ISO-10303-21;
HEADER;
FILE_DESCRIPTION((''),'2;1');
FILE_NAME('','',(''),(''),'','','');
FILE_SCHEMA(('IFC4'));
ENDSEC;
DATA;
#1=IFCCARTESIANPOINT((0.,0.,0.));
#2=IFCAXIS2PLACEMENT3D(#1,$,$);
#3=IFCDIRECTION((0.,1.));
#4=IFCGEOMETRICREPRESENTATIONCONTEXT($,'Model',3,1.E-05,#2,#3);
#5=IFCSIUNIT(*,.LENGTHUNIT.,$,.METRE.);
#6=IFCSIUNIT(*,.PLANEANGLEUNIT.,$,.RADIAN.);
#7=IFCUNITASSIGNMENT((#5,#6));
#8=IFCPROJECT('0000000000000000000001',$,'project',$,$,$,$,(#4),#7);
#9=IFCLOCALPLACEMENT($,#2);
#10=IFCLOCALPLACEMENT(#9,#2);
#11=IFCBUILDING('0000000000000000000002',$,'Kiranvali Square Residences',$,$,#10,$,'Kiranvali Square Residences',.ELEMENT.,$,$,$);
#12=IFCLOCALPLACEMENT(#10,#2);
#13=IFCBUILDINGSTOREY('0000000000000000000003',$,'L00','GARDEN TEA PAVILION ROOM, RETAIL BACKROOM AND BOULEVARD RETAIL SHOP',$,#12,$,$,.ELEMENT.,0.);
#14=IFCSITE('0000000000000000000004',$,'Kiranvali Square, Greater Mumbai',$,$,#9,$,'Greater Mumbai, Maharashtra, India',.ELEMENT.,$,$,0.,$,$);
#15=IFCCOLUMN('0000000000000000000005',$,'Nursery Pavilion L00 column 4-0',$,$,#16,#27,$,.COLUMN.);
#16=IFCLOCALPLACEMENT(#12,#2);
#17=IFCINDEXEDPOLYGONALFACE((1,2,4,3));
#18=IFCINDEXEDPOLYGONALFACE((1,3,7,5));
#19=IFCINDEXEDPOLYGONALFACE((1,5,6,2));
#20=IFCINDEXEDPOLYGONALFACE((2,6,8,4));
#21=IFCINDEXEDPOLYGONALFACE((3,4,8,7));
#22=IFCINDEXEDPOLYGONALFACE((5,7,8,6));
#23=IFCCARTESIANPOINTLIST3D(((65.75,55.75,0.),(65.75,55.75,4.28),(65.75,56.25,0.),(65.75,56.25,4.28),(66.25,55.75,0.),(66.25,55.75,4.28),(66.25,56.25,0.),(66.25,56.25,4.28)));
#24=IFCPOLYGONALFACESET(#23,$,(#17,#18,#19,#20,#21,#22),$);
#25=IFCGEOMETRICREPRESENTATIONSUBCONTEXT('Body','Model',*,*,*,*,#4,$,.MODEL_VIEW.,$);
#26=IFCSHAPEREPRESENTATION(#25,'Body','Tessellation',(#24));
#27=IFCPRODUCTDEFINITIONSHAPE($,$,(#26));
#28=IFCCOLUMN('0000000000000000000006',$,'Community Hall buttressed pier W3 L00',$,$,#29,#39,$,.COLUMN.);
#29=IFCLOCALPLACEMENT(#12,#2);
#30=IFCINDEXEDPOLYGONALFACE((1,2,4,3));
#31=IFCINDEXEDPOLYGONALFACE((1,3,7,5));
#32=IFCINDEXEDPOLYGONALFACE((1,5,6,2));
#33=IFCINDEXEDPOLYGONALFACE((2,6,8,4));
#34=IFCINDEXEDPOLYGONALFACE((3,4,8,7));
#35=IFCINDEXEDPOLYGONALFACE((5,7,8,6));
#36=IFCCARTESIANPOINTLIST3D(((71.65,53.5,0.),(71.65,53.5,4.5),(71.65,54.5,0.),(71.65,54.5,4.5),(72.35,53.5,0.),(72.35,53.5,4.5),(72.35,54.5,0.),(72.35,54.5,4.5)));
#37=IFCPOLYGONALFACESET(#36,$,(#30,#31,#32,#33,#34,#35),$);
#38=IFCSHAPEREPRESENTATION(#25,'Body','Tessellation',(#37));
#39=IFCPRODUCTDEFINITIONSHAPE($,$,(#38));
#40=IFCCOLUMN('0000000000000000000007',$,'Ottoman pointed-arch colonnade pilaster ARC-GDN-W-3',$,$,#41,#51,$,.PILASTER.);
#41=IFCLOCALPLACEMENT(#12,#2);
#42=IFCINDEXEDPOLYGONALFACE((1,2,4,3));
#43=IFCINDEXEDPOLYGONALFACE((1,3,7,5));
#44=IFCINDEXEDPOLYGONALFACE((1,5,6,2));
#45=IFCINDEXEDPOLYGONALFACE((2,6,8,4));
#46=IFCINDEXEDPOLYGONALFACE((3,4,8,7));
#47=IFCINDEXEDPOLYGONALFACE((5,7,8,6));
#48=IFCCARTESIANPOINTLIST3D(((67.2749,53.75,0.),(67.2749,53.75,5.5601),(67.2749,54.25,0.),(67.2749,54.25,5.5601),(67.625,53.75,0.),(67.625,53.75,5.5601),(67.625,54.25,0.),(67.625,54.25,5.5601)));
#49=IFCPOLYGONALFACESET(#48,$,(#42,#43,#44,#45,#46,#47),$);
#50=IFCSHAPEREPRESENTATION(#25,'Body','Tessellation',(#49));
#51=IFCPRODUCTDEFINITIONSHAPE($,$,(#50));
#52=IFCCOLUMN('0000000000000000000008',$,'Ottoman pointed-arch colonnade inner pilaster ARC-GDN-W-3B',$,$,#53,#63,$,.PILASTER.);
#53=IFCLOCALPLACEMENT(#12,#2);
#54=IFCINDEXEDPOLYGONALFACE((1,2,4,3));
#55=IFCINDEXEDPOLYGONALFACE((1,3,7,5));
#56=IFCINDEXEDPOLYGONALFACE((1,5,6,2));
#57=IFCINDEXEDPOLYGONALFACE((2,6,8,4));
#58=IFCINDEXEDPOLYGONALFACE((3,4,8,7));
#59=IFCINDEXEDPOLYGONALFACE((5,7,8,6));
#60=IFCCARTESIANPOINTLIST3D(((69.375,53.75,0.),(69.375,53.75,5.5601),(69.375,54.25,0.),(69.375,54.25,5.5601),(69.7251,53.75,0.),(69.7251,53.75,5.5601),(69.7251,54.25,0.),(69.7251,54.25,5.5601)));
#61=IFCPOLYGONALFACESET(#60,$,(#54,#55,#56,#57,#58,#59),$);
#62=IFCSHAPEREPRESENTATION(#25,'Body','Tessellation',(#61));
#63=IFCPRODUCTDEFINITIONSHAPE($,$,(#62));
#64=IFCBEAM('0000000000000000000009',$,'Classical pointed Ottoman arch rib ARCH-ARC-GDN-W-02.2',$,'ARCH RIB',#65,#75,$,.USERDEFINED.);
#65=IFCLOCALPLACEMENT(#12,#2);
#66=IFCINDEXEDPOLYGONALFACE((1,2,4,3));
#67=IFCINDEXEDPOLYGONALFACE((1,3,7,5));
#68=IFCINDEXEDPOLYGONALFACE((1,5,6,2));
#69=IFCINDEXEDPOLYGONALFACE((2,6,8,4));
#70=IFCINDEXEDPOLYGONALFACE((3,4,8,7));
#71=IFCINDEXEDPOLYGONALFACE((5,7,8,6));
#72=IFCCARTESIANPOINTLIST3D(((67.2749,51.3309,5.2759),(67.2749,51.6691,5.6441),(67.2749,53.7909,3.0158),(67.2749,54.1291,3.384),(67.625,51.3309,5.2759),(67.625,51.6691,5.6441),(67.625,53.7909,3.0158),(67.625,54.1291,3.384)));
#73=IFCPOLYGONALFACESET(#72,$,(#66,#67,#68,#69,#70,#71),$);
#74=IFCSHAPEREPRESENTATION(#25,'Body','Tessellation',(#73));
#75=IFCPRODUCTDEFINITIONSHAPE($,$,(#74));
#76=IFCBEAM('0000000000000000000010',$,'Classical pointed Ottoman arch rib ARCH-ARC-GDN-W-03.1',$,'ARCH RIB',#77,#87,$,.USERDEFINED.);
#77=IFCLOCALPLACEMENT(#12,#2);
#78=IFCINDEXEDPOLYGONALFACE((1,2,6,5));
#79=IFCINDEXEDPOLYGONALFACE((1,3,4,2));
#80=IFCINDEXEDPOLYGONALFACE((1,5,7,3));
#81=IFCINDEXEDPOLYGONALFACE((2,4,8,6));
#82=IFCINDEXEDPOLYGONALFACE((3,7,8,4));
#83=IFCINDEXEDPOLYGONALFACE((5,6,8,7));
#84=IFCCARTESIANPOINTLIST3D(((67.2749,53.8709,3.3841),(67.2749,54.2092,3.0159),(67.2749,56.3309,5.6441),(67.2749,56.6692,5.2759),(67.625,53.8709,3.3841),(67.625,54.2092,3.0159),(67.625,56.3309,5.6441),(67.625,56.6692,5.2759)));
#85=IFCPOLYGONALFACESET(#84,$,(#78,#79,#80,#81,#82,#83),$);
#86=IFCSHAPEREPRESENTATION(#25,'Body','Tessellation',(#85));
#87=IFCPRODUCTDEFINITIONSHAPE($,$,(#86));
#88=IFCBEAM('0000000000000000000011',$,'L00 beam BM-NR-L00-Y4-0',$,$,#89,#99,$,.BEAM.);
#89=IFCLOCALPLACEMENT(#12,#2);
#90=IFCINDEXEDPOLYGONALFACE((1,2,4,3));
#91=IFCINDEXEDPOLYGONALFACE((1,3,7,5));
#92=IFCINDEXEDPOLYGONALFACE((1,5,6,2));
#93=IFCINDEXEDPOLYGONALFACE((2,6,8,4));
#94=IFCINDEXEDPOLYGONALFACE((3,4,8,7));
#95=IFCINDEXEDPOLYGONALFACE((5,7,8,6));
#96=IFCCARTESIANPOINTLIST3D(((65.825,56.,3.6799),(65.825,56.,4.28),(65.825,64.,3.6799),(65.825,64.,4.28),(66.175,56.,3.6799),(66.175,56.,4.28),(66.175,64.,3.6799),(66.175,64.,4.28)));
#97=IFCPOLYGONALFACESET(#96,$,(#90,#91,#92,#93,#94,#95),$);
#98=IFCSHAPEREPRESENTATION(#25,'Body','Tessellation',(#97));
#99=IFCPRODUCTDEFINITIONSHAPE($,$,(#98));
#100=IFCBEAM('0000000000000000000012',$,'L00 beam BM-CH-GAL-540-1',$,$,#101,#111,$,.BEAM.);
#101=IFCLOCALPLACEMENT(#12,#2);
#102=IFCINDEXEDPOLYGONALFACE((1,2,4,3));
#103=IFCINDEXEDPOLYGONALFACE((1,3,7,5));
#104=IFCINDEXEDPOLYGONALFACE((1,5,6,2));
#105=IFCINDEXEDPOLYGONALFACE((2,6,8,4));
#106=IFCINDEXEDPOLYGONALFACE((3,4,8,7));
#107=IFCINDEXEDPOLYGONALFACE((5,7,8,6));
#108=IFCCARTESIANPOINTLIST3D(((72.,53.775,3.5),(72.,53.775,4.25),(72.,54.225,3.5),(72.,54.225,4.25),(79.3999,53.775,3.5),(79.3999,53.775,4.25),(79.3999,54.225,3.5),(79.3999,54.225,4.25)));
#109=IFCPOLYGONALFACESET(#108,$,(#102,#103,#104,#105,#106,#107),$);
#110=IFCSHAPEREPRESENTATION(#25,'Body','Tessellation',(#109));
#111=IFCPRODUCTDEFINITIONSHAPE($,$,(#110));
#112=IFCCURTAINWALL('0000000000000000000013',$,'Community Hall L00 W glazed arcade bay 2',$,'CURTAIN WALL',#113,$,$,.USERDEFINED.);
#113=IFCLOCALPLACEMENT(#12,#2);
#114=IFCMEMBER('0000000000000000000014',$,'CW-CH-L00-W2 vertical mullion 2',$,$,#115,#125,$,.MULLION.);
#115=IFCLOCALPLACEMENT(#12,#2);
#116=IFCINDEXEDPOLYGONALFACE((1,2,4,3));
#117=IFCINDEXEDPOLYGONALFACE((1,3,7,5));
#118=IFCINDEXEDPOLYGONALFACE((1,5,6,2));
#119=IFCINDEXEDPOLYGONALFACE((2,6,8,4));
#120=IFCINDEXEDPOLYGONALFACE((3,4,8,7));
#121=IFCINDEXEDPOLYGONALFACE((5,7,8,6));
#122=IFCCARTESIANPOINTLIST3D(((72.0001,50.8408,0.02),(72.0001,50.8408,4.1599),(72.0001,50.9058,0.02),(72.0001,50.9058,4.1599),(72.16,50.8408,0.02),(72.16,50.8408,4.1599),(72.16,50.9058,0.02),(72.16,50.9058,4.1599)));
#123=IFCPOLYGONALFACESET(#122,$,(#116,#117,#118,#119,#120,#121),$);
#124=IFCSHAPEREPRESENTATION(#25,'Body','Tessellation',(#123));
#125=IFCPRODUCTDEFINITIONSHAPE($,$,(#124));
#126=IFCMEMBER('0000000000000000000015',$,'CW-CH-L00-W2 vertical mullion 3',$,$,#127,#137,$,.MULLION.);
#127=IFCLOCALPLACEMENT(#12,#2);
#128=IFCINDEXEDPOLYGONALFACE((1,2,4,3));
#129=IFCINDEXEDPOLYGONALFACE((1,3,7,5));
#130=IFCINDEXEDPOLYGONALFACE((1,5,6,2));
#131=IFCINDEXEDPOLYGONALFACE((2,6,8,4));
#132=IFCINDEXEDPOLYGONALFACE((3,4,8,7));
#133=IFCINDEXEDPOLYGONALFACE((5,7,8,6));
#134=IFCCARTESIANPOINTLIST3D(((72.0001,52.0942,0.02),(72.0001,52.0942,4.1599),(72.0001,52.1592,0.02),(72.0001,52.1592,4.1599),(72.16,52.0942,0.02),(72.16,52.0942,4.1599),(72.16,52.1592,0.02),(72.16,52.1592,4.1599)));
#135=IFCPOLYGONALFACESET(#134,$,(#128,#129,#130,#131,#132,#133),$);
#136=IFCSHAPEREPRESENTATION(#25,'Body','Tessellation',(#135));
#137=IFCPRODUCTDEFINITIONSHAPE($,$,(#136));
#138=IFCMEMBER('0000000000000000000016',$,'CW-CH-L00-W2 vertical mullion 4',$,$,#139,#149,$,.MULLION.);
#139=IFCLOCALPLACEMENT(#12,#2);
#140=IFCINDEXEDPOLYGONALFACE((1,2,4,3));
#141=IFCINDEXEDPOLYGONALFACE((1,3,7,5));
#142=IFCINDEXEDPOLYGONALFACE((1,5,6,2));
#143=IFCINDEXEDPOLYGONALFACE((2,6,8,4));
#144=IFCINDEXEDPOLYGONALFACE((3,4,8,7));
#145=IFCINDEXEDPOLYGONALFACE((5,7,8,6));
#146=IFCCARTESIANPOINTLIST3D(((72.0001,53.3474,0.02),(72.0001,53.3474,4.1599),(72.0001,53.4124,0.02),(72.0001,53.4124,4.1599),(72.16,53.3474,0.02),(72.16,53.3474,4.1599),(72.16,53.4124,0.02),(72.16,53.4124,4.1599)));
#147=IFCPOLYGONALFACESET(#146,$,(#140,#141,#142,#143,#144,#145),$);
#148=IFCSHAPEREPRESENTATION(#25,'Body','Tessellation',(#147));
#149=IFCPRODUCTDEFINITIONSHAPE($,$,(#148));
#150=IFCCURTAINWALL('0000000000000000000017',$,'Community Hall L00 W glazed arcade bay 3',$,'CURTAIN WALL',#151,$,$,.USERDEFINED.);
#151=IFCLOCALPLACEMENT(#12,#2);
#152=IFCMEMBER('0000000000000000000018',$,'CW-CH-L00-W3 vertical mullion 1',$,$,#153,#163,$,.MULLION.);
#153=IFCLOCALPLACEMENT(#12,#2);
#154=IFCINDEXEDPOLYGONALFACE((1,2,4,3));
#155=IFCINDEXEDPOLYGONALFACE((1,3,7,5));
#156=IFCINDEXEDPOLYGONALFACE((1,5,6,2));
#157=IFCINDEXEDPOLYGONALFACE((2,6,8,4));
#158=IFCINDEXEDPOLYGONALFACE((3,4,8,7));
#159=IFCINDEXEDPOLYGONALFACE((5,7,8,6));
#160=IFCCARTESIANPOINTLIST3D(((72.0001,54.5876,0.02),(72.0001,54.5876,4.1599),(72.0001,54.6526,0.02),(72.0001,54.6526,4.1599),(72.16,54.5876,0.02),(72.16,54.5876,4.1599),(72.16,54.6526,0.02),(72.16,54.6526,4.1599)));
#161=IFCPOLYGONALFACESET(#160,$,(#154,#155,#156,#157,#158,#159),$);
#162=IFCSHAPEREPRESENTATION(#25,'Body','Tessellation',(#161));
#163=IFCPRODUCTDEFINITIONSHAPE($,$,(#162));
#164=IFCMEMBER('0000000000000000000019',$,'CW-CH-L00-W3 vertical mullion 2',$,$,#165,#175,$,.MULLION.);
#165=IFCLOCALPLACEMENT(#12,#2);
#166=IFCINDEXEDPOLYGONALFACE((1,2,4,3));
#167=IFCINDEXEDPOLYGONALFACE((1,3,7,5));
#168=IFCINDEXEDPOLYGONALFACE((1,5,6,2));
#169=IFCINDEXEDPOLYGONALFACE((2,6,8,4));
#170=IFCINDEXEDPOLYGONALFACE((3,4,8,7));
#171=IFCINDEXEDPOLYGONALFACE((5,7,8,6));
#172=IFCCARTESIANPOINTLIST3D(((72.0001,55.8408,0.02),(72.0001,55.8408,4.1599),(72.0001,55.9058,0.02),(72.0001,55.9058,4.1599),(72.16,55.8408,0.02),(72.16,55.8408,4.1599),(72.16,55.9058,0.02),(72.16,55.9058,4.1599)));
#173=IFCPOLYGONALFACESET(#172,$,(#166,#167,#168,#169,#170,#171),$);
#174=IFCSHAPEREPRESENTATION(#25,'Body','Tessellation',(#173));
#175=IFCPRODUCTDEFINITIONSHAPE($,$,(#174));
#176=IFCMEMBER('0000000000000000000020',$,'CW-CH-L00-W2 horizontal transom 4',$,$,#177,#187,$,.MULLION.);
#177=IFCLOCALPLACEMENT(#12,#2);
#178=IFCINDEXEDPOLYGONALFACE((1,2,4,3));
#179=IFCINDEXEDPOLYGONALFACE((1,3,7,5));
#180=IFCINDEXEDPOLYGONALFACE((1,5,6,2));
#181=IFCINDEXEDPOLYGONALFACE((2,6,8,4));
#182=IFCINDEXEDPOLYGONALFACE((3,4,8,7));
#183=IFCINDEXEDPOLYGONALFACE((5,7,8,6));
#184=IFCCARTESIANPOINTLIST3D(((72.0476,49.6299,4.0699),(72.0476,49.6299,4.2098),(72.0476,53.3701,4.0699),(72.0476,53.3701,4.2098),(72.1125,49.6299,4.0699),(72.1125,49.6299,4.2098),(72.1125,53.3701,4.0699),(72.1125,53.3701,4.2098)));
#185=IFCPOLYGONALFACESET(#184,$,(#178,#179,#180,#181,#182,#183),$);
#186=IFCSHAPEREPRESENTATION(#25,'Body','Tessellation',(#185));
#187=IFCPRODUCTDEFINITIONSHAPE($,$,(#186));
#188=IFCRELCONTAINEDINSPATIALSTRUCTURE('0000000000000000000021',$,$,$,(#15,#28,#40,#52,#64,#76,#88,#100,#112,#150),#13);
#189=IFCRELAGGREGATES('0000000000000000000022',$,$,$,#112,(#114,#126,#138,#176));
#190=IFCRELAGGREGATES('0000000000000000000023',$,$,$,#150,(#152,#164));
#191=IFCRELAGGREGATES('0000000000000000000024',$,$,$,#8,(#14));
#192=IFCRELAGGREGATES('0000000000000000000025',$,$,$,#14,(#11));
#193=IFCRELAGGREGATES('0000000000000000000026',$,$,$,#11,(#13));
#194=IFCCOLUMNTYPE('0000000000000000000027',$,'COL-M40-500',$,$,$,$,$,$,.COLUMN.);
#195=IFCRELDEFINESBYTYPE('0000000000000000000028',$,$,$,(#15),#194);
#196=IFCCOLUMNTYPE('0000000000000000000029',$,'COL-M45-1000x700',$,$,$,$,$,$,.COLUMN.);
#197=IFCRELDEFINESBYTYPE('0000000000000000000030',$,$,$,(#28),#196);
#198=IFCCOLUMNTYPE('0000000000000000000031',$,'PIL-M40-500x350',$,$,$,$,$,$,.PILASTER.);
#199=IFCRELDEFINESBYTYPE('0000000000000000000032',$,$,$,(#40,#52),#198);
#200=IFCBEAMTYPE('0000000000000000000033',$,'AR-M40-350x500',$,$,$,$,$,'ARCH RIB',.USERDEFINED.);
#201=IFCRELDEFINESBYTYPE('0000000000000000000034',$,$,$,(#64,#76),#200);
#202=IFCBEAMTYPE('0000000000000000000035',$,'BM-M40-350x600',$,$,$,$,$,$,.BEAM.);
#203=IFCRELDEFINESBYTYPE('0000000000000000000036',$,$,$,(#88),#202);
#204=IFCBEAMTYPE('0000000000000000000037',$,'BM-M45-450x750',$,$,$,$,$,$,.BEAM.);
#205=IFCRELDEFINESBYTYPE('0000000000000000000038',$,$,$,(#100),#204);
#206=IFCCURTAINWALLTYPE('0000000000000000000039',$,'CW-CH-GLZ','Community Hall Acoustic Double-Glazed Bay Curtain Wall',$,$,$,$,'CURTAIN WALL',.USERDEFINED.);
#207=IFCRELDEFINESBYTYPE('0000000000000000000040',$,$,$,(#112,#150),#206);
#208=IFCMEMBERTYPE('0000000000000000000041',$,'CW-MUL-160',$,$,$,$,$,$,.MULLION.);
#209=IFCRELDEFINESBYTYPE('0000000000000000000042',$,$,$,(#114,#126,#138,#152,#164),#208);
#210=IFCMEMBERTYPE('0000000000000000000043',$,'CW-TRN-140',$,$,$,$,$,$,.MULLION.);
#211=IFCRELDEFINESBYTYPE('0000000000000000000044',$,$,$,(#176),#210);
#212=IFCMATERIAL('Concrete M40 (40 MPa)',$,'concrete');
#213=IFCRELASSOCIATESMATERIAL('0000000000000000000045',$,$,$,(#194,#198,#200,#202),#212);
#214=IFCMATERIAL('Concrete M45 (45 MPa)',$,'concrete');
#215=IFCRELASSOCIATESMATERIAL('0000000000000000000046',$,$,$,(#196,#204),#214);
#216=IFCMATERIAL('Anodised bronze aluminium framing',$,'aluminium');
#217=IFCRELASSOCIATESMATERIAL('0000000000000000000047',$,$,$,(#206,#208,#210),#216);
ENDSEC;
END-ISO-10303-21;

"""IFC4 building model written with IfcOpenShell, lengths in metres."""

from ifc_helpers import new_model, si_unit, direction, frame, origin, origin_2d, place, context, subcontext, project, spatial, rectangle, extrude, material, material_profile, profile_set, type_object, element, aggregate, save


model = new_model("IFC4")

# Units and contexts
model_context = context("Model", 3, precision=1e-05, world=origin(), true_north=direction((0.0, 1.0)))
body_context = subcontext(model_context, "Body", "Model", "MODEL_VIEW")
ifc_project = project(units=[si_unit("LENGTHUNIT", "METRE"), si_unit("PLANEANGLEUNIT", "RADIAN")], contexts=[model_context])

# Site, building, storey
site_placement = place(None, origin())
site = spatial("IfcSite", under=ifc_project, at=site_placement, Name="Kiranvali Square, Greater Mumbai", LongName="Greater Mumbai, Maharashtra, India", CompositionType="ELEMENT", RefElevation=0.0)
building_placement = place(site_placement, origin())
building = spatial("IfcBuilding", under=site, at=building_placement, Name="Kiranvali Square Residences", LongName="Kiranvali Square Residences", CompositionType="ELEMENT")
storey_placement = place(building_placement, origin())
storey = spatial("IfcBuildingStorey", under=building, at=storey_placement, Name="L00", Description="GARDEN TEA PAVILION ROOM, RETAIL BACKROOM AND BOULEVARD RETAIL SHOP", CompositionType="ELEMENT", Elevation=0.0)

# Columns
ifc_material_1 = material(Name="Concrete M40 (40 MPa)", Category="concrete")
ifc_material_profile_1 = material_profile(ifc_material_1, rectangle(XDim=0.5, YDim=0.5, at=origin_2d()), Name="RC 500x500")
ifc_profile_set_1 = profile_set([ifc_material_profile_1], Name="Concrete M40 (40 MPa)")
column_type_1 = type_object("IfcColumnType", Name="COL-M40-500", PredefinedType="COLUMN", material=ifc_profile_set_1)
column_1_placement = place(storey_placement, frame((66.0, 56.0, 0.0), z_axis=(0.0, 0.0, 1.0), x_axis=(1.0, 0.0, 0.0)))
element("IfcColumn", 1, at=column_1_placement, inside=storey, type_object=column_type_1, Name="Nursery Pavilion L00 column 4-0", PredefinedType="COLUMN", context=body_context, shape_type="SweptSolid", body=[
    extrude(rectangle(XDim=0.5, YDim=0.5, at=origin_2d()), origin(), (0.0, 0.0, 1.0), 4.28),
])
ifc_material_2 = material(Name="Concrete M45 (45 MPa)", Category="concrete")
ifc_material_profile_2 = material_profile(ifc_material_2, rectangle(XDim=0.7, YDim=1.0, at=origin_2d()), Name="RC 1000x700")
ifc_profile_set_2 = profile_set([ifc_material_profile_2], Name="Concrete M45 (45 MPa)")
column_type_2 = type_object("IfcColumnType", Name="COL-M45-1000x700", PredefinedType="COLUMN", material=ifc_profile_set_2)
column_2_placement = place(storey_placement, frame((72.0, 54.0, 0.0), z_axis=(0.0, 0.0, 1.0), x_axis=(1.0, 0.0, 0.0)))
element("IfcColumn", 2, at=column_2_placement, inside=storey, type_object=column_type_2, Name="Community Hall buttressed pier W3 L00", PredefinedType="COLUMN", context=body_context, shape_type="SweptSolid", body=[
    extrude(rectangle(XDim=0.7, YDim=1.0, at=origin_2d()), origin(), (0.0, 0.0, 1.0), 4.5),
])
ifc_material_profile_3 = material_profile(ifc_material_1, rectangle(XDim=0.3501, YDim=0.5, at=origin_2d()), Name="RC 500x350")
ifc_profile_set_3 = profile_set([ifc_material_profile_3], Name="Concrete M40 (40 MPa)")
column_type_3 = type_object("IfcColumnType", Name="PIL-M40-500x350", PredefinedType="PILASTER", material=ifc_profile_set_3)
for number, where, z_axis, x_axis, name in (
    (3, (67.45, 54.0, 0.0), (0.0, 0.0, 1.0), (1.0, 0.0, 0.0), "Ottoman pointed-arch colonnade pilaster ARC-GDN-W-3"),
    (4, (69.55, 54.0, 0.0), (0.0, 0.0, 1.0), (1.0, 0.0, 0.0), "Ottoman pointed-arch colonnade inner pilaster ARC-GDN-W-3B"),
):
    element("IfcColumn", number, at=place(storey_placement, frame(where, z_axis=z_axis, x_axis=x_axis)), inside=storey, type_object=column_type_3, Name=name, PredefinedType="PILASTER", context=body_context, shape_type="SweptSolid", body=[
        extrude(rectangle(XDim=0.3501, YDim=0.5, at=origin_2d()), origin(), (0.0, 0.0, 1.0), 5.5601),
    ])

# Beams
ifc_material_profile_4 = material_profile(ifc_material_1, rectangle(XDim=0.3501, YDim=0.5, at=origin_2d()), Name="RC 350x500")
ifc_profile_set_4 = profile_set([ifc_material_profile_4], Name="Concrete M40 (40 MPa)")
beam_type_1 = type_object("IfcBeamType", Name="AR-M40-350x500", ElementType="ARCH RIB", PredefinedType="USERDEFINED", material=ifc_profile_set_4)
for number, where, z_axis, x_axis, name in (
    (5, (67.45, 51.5, 5.46), (0.0, 0.736401, -0.676545), (-1.0, 0.0, 0.0), "Classical pointed Ottoman arch rib ARCH-ARC-GDN-W-02.2"),
    (6, (67.45, 54.04, 3.2), (0.0, 0.736401, 0.676545), (-1.0, 0.0, 0.0), "Classical pointed Ottoman arch rib ARCH-ARC-GDN-W-03.1"),
):
    element("IfcBeam", number, at=place(storey_placement, frame(where, z_axis=z_axis, x_axis=x_axis)), inside=storey, type_object=beam_type_1, Name=name, ObjectType="ARCH RIB", PredefinedType="USERDEFINED", context=body_context, shape_type="SweptSolid", body=[
        extrude(rectangle(XDim=0.3501, YDim=0.5, at=origin_2d()), origin(), (0.0, 0.0, 1.0), 3.3406),
    ])
ifc_material_profile_5 = material_profile(ifc_material_1, rectangle(XDim=0.3501, YDim=0.6001, at=origin_2d()), Name="RC 350x600")
ifc_profile_set_5 = profile_set([ifc_material_profile_5], Name="Concrete M40 (40 MPa)")
beam_type_2 = type_object("IfcBeamType", Name="BM-M40-350x600", PredefinedType="BEAM", material=ifc_profile_set_5)
beam_1_placement = place(storey_placement, frame((66.0, 56.0, 3.98), z_axis=(0.0, 1.0, 0.0), x_axis=(-1.0, 0.0, 0.0)))
element("IfcBeam", 7, at=beam_1_placement, inside=storey, type_object=beam_type_2, Name="L00 beam BM-NR-L00-Y4-0", PredefinedType="BEAM", context=body_context, shape_type="SweptSolid", body=[
    extrude(rectangle(XDim=0.3501, YDim=0.6001, at=origin_2d()), origin(), (0.0, 0.0, 1.0), 8.0),
])
ifc_material_profile_6 = material_profile(ifc_material_2, rectangle(XDim=0.45, YDim=0.75, at=origin_2d()), Name="RC 450x750")
ifc_profile_set_6 = profile_set([ifc_material_profile_6], Name="Concrete M45 (45 MPa)")
beam_type_3 = type_object("IfcBeamType", Name="BM-M45-450x750", PredefinedType="BEAM", material=ifc_profile_set_6)
beam_2_placement = place(storey_placement, frame((72.0, 54.0, 3.875), z_axis=(1.0, 0.0, 0.0), x_axis=(0.0, 1.0, 0.0)))
element("IfcBeam", 8, at=beam_2_placement, inside=storey, type_object=beam_type_3, Name="L00 beam BM-CH-GAL-540-1", PredefinedType="BEAM", context=body_context, shape_type="SweptSolid", body=[
    extrude(rectangle(XDim=0.45, YDim=0.75, at=origin_2d()), origin(), (0.0, 0.0, 1.0), 7.3999),
])

# Curtain walls, members
ifc_material_3 = material(Name="Anodised bronze aluminium framing", Category="aluminium")
curtain_wall_type = type_object("IfcCurtainWallType", Name="CW-CH-GLZ", Description="Community Hall Acoustic Double-Glazed Bay Curtain Wall", ElementType="CURTAIN WALL", PredefinedType="USERDEFINED", material=ifc_material_3)
curtain_wall_1_placement = place(storey_placement, origin())
curtain_wall_1 = element("IfcCurtainWall", 9, at=curtain_wall_1_placement, inside=storey, type_object=curtain_wall_type, Name="Community Hall L00 W glazed arcade bay 2", ObjectType="CURTAIN WALL", PredefinedType="USERDEFINED")
ifc_material_profile_7 = material_profile(ifc_material_3, rectangle(XDim=0.0649, YDim=0.1599, at=origin_2d()), Name="ALU 65x160")
ifc_profile_set_7 = profile_set([ifc_material_profile_7], Name="Anodised bronze aluminium framing")
member_type_1 = type_object("IfcMemberType", Name="CW-MUL-160", PredefinedType="MULLION", material=ifc_profile_set_7)
member_1_placement = place(storey_placement, frame((72.0801, 50.8733, 0.02), z_axis=(0.0, 0.0, 1.0), x_axis=(0.0, 1.0, 0.0)))
member_1 = element("IfcMember", 10, at=member_1_placement, type_object=member_type_1, Name="CW-CH-L00-W2 vertical mullion 2", PredefinedType="MULLION", context=body_context, shape_type="SweptSolid", body=[
    extrude(rectangle(XDim=0.0649, YDim=0.1599, at=origin_2d()), origin(), (0.0, 0.0, 1.0), 4.1399),
])
member_2_placement = place(storey_placement, frame((72.0801, 52.1267, 0.02), z_axis=(0.0, 0.0, 1.0), x_axis=(0.0, 1.0, 0.0)))
member_2 = element("IfcMember", 11, at=member_2_placement, type_object=member_type_1, Name="CW-CH-L00-W2 vertical mullion 3", PredefinedType="MULLION", context=body_context, shape_type="SweptSolid", body=[
    extrude(rectangle(XDim=0.0649, YDim=0.1599, at=origin_2d()), origin(), (0.0, 0.0, 1.0), 4.1399),
])
member_3_placement = place(storey_placement, frame((72.0801, 53.3799, 0.02), z_axis=(0.0, 0.0, 1.0), x_axis=(0.0, 1.0, 0.0)))
member_3 = element("IfcMember", 12, at=member_3_placement, type_object=member_type_1, Name="CW-CH-L00-W2 vertical mullion 4", PredefinedType="MULLION", context=body_context, shape_type="SweptSolid", body=[
    extrude(rectangle(XDim=0.0649, YDim=0.1599, at=origin_2d()), origin(), (0.0, 0.0, 1.0), 4.1399),
])
curtain_wall_2_placement = place(storey_placement, origin())
curtain_wall_2 = element("IfcCurtainWall", 13, at=curtain_wall_2_placement, inside=storey, type_object=curtain_wall_type, Name="Community Hall L00 W glazed arcade bay 3", ObjectType="CURTAIN WALL", PredefinedType="USERDEFINED")
member_4_placement = place(storey_placement, frame((72.0801, 54.6201, 0.02), z_axis=(0.0, 0.0, 1.0), x_axis=(0.0, 1.0, 0.0)))
member_4 = element("IfcMember", 14, at=member_4_placement, type_object=member_type_1, Name="CW-CH-L00-W3 vertical mullion 1", PredefinedType="MULLION", context=body_context, shape_type="SweptSolid", body=[
    extrude(rectangle(XDim=0.0649, YDim=0.1599, at=origin_2d()), origin(), (0.0, 0.0, 1.0), 4.1399),
])
member_5_placement = place(storey_placement, frame((72.0801, 55.8733, 0.02), z_axis=(0.0, 0.0, 1.0), x_axis=(0.0, 1.0, 0.0)))
member_5 = element("IfcMember", 15, at=member_5_placement, type_object=member_type_1, Name="CW-CH-L00-W3 vertical mullion 2", PredefinedType="MULLION", context=body_context, shape_type="SweptSolid", body=[
    extrude(rectangle(XDim=0.0649, YDim=0.1599, at=origin_2d()), origin(), (0.0, 0.0, 1.0), 4.1399),
])

# Member
ifc_material_profile_8 = material_profile(ifc_material_3, rectangle(XDim=0.0649, YDim=0.1399, at=origin_2d()), Name="ALU 65x140")
ifc_profile_set_8 = profile_set([ifc_material_profile_8], Name="Anodised bronze aluminium framing")
member_type_2 = type_object("IfcMemberType", Name="CW-TRN-140", PredefinedType="MULLION", material=ifc_profile_set_8)
member_6_placement = place(storey_placement, frame((72.0801, 49.6299, 4.1399), z_axis=(0.0, 1.0, 0.0), x_axis=(-1.0, 0.0, 0.0)))
member_6 = element("IfcMember", 16, at=member_6_placement, type_object=member_type_2, Name="CW-CH-L00-W2 horizontal transom 4", PredefinedType="MULLION", context=body_context, shape_type="SweptSolid", body=[
    extrude(rectangle(XDim=0.0649, YDim=0.1399, at=origin_2d()), origin(), (0.0, 0.0, 1.0), 3.7402),
])

aggregate(curtain_wall_1, [member_1, member_2, member_3, member_6])
aggregate(curtain_wall_2, [member_4, member_5])

save(model, "model.ifc")
